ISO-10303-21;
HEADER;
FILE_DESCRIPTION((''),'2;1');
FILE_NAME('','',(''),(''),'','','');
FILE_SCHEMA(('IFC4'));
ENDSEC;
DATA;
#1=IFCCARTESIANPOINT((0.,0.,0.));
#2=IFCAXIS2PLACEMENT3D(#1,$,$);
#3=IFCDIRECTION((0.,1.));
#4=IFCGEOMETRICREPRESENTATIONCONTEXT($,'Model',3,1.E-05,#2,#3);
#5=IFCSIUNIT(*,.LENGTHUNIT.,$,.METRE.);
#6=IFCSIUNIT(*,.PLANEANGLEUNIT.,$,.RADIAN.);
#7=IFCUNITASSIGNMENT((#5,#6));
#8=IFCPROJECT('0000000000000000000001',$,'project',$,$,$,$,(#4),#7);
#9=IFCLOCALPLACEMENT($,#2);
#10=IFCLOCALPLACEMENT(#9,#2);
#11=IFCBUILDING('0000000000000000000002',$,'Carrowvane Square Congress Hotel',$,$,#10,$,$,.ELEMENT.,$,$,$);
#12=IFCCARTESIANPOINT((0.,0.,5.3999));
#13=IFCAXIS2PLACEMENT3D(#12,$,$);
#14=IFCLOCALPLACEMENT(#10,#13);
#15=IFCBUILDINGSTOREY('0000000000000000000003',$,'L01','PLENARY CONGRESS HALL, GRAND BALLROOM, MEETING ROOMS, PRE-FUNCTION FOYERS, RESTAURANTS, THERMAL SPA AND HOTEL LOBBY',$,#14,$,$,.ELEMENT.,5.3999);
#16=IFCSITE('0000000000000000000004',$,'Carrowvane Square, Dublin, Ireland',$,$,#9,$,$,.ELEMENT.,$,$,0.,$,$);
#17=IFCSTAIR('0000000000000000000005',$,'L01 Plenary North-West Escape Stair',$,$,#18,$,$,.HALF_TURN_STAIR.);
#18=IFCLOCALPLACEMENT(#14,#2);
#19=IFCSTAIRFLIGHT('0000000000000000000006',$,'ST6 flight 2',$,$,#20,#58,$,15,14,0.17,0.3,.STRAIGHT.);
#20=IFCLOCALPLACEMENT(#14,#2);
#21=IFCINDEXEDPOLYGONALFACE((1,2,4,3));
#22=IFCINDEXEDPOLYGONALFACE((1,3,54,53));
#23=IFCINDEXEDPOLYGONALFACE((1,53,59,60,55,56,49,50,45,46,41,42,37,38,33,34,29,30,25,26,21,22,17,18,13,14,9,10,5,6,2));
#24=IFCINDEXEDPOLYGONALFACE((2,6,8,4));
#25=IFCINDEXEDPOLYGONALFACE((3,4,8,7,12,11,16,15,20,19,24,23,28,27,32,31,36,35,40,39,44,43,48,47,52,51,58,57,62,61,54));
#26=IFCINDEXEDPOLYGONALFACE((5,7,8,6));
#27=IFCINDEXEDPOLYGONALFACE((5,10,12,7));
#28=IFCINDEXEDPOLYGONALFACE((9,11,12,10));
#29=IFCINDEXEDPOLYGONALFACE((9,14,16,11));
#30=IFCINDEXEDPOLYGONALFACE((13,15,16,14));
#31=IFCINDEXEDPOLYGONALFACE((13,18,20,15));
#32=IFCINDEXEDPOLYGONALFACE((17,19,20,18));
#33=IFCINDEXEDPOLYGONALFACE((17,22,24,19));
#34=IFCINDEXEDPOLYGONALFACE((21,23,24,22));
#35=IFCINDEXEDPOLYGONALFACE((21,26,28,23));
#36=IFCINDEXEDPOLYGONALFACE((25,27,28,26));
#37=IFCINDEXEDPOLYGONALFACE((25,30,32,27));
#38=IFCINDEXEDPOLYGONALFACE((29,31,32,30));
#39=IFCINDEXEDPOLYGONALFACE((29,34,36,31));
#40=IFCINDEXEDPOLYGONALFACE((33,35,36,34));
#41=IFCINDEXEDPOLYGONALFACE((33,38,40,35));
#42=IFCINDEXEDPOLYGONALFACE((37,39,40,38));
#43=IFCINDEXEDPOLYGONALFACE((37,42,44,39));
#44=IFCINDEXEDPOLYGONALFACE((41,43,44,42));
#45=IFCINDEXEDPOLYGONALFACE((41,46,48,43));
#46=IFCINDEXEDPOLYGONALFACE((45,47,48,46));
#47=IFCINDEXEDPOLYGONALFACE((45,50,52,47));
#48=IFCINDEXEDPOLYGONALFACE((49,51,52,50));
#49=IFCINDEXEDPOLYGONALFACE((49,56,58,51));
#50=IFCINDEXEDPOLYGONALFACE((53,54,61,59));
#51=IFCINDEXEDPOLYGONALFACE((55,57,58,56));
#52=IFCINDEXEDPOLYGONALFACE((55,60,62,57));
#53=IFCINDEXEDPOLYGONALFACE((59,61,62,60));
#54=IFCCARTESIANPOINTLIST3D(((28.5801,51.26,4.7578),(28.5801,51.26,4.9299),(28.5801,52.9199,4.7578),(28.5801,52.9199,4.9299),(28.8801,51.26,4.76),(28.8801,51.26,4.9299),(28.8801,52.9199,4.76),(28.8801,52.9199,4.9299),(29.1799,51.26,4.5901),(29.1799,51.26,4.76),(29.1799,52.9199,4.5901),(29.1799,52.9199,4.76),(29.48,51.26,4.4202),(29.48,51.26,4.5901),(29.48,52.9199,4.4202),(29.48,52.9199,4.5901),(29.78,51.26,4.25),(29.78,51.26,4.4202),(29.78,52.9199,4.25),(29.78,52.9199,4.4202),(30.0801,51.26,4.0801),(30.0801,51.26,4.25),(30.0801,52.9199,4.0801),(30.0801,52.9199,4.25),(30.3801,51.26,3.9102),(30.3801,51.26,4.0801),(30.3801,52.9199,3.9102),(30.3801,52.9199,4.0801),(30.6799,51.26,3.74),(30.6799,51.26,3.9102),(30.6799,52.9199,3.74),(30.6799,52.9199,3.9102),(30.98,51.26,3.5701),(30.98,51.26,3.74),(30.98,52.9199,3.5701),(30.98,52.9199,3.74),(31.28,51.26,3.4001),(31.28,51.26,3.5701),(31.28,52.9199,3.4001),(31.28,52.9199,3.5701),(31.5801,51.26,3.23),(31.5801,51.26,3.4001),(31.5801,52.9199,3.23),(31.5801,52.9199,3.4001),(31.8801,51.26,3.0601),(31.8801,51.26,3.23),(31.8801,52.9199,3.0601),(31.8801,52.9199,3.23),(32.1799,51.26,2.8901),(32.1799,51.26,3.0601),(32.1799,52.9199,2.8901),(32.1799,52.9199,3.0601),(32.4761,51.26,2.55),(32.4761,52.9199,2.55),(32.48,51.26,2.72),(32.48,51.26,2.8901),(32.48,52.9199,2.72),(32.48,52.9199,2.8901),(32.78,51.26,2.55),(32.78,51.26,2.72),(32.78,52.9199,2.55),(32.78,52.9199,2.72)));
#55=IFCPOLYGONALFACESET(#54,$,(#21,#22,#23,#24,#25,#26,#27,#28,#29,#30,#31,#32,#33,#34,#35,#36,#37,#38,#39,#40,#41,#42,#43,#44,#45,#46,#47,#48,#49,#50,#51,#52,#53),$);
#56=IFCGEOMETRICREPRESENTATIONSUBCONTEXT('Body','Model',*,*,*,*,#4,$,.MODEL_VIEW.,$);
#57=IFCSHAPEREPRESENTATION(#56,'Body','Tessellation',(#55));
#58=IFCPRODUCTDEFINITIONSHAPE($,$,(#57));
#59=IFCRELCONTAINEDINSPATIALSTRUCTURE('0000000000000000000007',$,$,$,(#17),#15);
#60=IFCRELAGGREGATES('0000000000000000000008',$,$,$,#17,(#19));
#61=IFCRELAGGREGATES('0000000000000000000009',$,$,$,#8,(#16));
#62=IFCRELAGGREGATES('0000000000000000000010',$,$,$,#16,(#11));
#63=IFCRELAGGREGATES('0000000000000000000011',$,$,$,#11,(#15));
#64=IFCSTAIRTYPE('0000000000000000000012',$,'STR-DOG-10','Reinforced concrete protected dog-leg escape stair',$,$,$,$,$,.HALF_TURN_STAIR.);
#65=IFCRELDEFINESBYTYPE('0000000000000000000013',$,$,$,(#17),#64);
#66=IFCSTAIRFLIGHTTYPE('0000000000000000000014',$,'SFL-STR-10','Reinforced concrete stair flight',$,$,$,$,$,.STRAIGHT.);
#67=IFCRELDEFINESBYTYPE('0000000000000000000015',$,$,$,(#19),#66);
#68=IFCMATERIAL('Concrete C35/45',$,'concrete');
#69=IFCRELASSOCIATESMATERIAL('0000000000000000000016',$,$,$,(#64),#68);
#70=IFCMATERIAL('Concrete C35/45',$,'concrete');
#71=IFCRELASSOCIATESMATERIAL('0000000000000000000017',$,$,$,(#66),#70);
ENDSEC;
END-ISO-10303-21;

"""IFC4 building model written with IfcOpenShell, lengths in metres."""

from ifc_helpers import new_model, si_unit, direction, frame, origin, place, context, subcontext, project, spatial, polyline, outline, extrude, material, type_object, element, aggregate, save


model = new_model("IFC4")

# Units and contexts
model_context = context("Model", 3, precision=1e-05, world=origin(), true_north=direction((0.0, 1.0)))
body_context = subcontext(model_context, "Body", "Model", "MODEL_VIEW")
ifc_project = project(units=[si_unit("LENGTHUNIT", "METRE"), si_unit("PLANEANGLEUNIT", "RADIAN")], contexts=[model_context])

# Site, building, storey
site_placement = place(None, origin())
site = spatial("IfcSite", under=ifc_project, at=site_placement, Name="Carrowvane Square, Dublin, Ireland", CompositionType="ELEMENT", RefElevation=0.0)
building_placement = place(site_placement, origin())
building = spatial("IfcBuilding", under=site, at=building_placement, Name="Carrowvane Square Congress Hotel", CompositionType="ELEMENT")
storey_placement = place(building_placement, frame((0.0, 0.0, 5.3999)))
storey = spatial("IfcBuildingStorey", under=building, at=storey_placement, Name="L01", Description="PLENARY CONGRESS HALL, GRAND BALLROOM, MEETING ROOMS, PRE-FUNCTION FOYERS, RESTAURANTS, THERMAL SPA AND HOTEL LOBBY", CompositionType="ELEMENT", Elevation=5.3999)

# Stair, stair flight
ifc_material_1 = material(Name="Concrete C35/45", Category="concrete")
stair_type = type_object("IfcStairType", Name="STR-DOG-10", Description="Reinforced concrete protected dog-leg escape stair", PredefinedType="HALF_TURN_STAIR", material=ifc_material_1)
stair_placement = place(storey_placement, origin())
stair = element("IfcStair", 1, at=stair_placement, inside=storey, type_object=stair_type, Name="L01 Plenary North-West Escape Stair", PredefinedType="HALF_TURN_STAIR")
ifc_material_2 = material(Name="Concrete C35/45", Category="concrete")
stair_flight_type = type_object("IfcStairFlightType", Name="SFL-STR-10", Description="Reinforced concrete stair flight", PredefinedType="STRAIGHT", material=ifc_material_2)
stair_flight_1_placement = place(storey_placement, frame((32.78, 52.0901, 2.55), z_axis=(0.0, 0.0, 1.0), x_axis=(-1.0, 0.0, 0.0)))
stair_flight_1 = element("IfcStairFlight", 2, at=stair_flight_1_placement, type_object=stair_flight_type, Name="ST6 flight 2", NumberOfRisers=15, NumberOfTreads=14, PredefinedType="STRAIGHT", RiserHeight=0.17, TreadLength=0.3, context=body_context, shape_type="SweptSolid", body=[
    extrude(outline(polyline([(0.0, 0.0), (0.0, 0.1699), (0.3, 0.1699), (0.3, 0.3401), (0.6001, 0.3401), (0.6001, 0.51), (0.8999, 0.51), (0.8999, 0.6799), (1.2, 0.6799), (1.2, 0.8501), (1.5, 0.8501), (1.5, 1.02), (1.8, 1.02), (1.8, 1.1899), (2.1001, 1.1899), (2.1001, 1.3601), (2.3999, 1.3601), (2.3999, 1.53), (2.7, 1.53), (2.7, 1.7), (3.0, 1.7), (3.0, 1.8701), (3.3, 1.8701), (3.3, 2.04), (3.6001, 2.04), (3.6001, 2.21), (3.8999, 2.21), (3.8999, 2.3799), (4.2, 2.3799), (4.2, 2.55), (4.2, 2.2078), (0.304, 0.0), (0.0, 0.0)])), frame((0.0, 0.8301, 0.0), z_axis=(0.0, -1.0, 0.0), x_axis=(1.0, 0.0, 0.0)), (0.0, 0.0, 1.0), 1.6599),
])
aggregate(stair, [stair_flight_1])

save(model, "model.ifc")
